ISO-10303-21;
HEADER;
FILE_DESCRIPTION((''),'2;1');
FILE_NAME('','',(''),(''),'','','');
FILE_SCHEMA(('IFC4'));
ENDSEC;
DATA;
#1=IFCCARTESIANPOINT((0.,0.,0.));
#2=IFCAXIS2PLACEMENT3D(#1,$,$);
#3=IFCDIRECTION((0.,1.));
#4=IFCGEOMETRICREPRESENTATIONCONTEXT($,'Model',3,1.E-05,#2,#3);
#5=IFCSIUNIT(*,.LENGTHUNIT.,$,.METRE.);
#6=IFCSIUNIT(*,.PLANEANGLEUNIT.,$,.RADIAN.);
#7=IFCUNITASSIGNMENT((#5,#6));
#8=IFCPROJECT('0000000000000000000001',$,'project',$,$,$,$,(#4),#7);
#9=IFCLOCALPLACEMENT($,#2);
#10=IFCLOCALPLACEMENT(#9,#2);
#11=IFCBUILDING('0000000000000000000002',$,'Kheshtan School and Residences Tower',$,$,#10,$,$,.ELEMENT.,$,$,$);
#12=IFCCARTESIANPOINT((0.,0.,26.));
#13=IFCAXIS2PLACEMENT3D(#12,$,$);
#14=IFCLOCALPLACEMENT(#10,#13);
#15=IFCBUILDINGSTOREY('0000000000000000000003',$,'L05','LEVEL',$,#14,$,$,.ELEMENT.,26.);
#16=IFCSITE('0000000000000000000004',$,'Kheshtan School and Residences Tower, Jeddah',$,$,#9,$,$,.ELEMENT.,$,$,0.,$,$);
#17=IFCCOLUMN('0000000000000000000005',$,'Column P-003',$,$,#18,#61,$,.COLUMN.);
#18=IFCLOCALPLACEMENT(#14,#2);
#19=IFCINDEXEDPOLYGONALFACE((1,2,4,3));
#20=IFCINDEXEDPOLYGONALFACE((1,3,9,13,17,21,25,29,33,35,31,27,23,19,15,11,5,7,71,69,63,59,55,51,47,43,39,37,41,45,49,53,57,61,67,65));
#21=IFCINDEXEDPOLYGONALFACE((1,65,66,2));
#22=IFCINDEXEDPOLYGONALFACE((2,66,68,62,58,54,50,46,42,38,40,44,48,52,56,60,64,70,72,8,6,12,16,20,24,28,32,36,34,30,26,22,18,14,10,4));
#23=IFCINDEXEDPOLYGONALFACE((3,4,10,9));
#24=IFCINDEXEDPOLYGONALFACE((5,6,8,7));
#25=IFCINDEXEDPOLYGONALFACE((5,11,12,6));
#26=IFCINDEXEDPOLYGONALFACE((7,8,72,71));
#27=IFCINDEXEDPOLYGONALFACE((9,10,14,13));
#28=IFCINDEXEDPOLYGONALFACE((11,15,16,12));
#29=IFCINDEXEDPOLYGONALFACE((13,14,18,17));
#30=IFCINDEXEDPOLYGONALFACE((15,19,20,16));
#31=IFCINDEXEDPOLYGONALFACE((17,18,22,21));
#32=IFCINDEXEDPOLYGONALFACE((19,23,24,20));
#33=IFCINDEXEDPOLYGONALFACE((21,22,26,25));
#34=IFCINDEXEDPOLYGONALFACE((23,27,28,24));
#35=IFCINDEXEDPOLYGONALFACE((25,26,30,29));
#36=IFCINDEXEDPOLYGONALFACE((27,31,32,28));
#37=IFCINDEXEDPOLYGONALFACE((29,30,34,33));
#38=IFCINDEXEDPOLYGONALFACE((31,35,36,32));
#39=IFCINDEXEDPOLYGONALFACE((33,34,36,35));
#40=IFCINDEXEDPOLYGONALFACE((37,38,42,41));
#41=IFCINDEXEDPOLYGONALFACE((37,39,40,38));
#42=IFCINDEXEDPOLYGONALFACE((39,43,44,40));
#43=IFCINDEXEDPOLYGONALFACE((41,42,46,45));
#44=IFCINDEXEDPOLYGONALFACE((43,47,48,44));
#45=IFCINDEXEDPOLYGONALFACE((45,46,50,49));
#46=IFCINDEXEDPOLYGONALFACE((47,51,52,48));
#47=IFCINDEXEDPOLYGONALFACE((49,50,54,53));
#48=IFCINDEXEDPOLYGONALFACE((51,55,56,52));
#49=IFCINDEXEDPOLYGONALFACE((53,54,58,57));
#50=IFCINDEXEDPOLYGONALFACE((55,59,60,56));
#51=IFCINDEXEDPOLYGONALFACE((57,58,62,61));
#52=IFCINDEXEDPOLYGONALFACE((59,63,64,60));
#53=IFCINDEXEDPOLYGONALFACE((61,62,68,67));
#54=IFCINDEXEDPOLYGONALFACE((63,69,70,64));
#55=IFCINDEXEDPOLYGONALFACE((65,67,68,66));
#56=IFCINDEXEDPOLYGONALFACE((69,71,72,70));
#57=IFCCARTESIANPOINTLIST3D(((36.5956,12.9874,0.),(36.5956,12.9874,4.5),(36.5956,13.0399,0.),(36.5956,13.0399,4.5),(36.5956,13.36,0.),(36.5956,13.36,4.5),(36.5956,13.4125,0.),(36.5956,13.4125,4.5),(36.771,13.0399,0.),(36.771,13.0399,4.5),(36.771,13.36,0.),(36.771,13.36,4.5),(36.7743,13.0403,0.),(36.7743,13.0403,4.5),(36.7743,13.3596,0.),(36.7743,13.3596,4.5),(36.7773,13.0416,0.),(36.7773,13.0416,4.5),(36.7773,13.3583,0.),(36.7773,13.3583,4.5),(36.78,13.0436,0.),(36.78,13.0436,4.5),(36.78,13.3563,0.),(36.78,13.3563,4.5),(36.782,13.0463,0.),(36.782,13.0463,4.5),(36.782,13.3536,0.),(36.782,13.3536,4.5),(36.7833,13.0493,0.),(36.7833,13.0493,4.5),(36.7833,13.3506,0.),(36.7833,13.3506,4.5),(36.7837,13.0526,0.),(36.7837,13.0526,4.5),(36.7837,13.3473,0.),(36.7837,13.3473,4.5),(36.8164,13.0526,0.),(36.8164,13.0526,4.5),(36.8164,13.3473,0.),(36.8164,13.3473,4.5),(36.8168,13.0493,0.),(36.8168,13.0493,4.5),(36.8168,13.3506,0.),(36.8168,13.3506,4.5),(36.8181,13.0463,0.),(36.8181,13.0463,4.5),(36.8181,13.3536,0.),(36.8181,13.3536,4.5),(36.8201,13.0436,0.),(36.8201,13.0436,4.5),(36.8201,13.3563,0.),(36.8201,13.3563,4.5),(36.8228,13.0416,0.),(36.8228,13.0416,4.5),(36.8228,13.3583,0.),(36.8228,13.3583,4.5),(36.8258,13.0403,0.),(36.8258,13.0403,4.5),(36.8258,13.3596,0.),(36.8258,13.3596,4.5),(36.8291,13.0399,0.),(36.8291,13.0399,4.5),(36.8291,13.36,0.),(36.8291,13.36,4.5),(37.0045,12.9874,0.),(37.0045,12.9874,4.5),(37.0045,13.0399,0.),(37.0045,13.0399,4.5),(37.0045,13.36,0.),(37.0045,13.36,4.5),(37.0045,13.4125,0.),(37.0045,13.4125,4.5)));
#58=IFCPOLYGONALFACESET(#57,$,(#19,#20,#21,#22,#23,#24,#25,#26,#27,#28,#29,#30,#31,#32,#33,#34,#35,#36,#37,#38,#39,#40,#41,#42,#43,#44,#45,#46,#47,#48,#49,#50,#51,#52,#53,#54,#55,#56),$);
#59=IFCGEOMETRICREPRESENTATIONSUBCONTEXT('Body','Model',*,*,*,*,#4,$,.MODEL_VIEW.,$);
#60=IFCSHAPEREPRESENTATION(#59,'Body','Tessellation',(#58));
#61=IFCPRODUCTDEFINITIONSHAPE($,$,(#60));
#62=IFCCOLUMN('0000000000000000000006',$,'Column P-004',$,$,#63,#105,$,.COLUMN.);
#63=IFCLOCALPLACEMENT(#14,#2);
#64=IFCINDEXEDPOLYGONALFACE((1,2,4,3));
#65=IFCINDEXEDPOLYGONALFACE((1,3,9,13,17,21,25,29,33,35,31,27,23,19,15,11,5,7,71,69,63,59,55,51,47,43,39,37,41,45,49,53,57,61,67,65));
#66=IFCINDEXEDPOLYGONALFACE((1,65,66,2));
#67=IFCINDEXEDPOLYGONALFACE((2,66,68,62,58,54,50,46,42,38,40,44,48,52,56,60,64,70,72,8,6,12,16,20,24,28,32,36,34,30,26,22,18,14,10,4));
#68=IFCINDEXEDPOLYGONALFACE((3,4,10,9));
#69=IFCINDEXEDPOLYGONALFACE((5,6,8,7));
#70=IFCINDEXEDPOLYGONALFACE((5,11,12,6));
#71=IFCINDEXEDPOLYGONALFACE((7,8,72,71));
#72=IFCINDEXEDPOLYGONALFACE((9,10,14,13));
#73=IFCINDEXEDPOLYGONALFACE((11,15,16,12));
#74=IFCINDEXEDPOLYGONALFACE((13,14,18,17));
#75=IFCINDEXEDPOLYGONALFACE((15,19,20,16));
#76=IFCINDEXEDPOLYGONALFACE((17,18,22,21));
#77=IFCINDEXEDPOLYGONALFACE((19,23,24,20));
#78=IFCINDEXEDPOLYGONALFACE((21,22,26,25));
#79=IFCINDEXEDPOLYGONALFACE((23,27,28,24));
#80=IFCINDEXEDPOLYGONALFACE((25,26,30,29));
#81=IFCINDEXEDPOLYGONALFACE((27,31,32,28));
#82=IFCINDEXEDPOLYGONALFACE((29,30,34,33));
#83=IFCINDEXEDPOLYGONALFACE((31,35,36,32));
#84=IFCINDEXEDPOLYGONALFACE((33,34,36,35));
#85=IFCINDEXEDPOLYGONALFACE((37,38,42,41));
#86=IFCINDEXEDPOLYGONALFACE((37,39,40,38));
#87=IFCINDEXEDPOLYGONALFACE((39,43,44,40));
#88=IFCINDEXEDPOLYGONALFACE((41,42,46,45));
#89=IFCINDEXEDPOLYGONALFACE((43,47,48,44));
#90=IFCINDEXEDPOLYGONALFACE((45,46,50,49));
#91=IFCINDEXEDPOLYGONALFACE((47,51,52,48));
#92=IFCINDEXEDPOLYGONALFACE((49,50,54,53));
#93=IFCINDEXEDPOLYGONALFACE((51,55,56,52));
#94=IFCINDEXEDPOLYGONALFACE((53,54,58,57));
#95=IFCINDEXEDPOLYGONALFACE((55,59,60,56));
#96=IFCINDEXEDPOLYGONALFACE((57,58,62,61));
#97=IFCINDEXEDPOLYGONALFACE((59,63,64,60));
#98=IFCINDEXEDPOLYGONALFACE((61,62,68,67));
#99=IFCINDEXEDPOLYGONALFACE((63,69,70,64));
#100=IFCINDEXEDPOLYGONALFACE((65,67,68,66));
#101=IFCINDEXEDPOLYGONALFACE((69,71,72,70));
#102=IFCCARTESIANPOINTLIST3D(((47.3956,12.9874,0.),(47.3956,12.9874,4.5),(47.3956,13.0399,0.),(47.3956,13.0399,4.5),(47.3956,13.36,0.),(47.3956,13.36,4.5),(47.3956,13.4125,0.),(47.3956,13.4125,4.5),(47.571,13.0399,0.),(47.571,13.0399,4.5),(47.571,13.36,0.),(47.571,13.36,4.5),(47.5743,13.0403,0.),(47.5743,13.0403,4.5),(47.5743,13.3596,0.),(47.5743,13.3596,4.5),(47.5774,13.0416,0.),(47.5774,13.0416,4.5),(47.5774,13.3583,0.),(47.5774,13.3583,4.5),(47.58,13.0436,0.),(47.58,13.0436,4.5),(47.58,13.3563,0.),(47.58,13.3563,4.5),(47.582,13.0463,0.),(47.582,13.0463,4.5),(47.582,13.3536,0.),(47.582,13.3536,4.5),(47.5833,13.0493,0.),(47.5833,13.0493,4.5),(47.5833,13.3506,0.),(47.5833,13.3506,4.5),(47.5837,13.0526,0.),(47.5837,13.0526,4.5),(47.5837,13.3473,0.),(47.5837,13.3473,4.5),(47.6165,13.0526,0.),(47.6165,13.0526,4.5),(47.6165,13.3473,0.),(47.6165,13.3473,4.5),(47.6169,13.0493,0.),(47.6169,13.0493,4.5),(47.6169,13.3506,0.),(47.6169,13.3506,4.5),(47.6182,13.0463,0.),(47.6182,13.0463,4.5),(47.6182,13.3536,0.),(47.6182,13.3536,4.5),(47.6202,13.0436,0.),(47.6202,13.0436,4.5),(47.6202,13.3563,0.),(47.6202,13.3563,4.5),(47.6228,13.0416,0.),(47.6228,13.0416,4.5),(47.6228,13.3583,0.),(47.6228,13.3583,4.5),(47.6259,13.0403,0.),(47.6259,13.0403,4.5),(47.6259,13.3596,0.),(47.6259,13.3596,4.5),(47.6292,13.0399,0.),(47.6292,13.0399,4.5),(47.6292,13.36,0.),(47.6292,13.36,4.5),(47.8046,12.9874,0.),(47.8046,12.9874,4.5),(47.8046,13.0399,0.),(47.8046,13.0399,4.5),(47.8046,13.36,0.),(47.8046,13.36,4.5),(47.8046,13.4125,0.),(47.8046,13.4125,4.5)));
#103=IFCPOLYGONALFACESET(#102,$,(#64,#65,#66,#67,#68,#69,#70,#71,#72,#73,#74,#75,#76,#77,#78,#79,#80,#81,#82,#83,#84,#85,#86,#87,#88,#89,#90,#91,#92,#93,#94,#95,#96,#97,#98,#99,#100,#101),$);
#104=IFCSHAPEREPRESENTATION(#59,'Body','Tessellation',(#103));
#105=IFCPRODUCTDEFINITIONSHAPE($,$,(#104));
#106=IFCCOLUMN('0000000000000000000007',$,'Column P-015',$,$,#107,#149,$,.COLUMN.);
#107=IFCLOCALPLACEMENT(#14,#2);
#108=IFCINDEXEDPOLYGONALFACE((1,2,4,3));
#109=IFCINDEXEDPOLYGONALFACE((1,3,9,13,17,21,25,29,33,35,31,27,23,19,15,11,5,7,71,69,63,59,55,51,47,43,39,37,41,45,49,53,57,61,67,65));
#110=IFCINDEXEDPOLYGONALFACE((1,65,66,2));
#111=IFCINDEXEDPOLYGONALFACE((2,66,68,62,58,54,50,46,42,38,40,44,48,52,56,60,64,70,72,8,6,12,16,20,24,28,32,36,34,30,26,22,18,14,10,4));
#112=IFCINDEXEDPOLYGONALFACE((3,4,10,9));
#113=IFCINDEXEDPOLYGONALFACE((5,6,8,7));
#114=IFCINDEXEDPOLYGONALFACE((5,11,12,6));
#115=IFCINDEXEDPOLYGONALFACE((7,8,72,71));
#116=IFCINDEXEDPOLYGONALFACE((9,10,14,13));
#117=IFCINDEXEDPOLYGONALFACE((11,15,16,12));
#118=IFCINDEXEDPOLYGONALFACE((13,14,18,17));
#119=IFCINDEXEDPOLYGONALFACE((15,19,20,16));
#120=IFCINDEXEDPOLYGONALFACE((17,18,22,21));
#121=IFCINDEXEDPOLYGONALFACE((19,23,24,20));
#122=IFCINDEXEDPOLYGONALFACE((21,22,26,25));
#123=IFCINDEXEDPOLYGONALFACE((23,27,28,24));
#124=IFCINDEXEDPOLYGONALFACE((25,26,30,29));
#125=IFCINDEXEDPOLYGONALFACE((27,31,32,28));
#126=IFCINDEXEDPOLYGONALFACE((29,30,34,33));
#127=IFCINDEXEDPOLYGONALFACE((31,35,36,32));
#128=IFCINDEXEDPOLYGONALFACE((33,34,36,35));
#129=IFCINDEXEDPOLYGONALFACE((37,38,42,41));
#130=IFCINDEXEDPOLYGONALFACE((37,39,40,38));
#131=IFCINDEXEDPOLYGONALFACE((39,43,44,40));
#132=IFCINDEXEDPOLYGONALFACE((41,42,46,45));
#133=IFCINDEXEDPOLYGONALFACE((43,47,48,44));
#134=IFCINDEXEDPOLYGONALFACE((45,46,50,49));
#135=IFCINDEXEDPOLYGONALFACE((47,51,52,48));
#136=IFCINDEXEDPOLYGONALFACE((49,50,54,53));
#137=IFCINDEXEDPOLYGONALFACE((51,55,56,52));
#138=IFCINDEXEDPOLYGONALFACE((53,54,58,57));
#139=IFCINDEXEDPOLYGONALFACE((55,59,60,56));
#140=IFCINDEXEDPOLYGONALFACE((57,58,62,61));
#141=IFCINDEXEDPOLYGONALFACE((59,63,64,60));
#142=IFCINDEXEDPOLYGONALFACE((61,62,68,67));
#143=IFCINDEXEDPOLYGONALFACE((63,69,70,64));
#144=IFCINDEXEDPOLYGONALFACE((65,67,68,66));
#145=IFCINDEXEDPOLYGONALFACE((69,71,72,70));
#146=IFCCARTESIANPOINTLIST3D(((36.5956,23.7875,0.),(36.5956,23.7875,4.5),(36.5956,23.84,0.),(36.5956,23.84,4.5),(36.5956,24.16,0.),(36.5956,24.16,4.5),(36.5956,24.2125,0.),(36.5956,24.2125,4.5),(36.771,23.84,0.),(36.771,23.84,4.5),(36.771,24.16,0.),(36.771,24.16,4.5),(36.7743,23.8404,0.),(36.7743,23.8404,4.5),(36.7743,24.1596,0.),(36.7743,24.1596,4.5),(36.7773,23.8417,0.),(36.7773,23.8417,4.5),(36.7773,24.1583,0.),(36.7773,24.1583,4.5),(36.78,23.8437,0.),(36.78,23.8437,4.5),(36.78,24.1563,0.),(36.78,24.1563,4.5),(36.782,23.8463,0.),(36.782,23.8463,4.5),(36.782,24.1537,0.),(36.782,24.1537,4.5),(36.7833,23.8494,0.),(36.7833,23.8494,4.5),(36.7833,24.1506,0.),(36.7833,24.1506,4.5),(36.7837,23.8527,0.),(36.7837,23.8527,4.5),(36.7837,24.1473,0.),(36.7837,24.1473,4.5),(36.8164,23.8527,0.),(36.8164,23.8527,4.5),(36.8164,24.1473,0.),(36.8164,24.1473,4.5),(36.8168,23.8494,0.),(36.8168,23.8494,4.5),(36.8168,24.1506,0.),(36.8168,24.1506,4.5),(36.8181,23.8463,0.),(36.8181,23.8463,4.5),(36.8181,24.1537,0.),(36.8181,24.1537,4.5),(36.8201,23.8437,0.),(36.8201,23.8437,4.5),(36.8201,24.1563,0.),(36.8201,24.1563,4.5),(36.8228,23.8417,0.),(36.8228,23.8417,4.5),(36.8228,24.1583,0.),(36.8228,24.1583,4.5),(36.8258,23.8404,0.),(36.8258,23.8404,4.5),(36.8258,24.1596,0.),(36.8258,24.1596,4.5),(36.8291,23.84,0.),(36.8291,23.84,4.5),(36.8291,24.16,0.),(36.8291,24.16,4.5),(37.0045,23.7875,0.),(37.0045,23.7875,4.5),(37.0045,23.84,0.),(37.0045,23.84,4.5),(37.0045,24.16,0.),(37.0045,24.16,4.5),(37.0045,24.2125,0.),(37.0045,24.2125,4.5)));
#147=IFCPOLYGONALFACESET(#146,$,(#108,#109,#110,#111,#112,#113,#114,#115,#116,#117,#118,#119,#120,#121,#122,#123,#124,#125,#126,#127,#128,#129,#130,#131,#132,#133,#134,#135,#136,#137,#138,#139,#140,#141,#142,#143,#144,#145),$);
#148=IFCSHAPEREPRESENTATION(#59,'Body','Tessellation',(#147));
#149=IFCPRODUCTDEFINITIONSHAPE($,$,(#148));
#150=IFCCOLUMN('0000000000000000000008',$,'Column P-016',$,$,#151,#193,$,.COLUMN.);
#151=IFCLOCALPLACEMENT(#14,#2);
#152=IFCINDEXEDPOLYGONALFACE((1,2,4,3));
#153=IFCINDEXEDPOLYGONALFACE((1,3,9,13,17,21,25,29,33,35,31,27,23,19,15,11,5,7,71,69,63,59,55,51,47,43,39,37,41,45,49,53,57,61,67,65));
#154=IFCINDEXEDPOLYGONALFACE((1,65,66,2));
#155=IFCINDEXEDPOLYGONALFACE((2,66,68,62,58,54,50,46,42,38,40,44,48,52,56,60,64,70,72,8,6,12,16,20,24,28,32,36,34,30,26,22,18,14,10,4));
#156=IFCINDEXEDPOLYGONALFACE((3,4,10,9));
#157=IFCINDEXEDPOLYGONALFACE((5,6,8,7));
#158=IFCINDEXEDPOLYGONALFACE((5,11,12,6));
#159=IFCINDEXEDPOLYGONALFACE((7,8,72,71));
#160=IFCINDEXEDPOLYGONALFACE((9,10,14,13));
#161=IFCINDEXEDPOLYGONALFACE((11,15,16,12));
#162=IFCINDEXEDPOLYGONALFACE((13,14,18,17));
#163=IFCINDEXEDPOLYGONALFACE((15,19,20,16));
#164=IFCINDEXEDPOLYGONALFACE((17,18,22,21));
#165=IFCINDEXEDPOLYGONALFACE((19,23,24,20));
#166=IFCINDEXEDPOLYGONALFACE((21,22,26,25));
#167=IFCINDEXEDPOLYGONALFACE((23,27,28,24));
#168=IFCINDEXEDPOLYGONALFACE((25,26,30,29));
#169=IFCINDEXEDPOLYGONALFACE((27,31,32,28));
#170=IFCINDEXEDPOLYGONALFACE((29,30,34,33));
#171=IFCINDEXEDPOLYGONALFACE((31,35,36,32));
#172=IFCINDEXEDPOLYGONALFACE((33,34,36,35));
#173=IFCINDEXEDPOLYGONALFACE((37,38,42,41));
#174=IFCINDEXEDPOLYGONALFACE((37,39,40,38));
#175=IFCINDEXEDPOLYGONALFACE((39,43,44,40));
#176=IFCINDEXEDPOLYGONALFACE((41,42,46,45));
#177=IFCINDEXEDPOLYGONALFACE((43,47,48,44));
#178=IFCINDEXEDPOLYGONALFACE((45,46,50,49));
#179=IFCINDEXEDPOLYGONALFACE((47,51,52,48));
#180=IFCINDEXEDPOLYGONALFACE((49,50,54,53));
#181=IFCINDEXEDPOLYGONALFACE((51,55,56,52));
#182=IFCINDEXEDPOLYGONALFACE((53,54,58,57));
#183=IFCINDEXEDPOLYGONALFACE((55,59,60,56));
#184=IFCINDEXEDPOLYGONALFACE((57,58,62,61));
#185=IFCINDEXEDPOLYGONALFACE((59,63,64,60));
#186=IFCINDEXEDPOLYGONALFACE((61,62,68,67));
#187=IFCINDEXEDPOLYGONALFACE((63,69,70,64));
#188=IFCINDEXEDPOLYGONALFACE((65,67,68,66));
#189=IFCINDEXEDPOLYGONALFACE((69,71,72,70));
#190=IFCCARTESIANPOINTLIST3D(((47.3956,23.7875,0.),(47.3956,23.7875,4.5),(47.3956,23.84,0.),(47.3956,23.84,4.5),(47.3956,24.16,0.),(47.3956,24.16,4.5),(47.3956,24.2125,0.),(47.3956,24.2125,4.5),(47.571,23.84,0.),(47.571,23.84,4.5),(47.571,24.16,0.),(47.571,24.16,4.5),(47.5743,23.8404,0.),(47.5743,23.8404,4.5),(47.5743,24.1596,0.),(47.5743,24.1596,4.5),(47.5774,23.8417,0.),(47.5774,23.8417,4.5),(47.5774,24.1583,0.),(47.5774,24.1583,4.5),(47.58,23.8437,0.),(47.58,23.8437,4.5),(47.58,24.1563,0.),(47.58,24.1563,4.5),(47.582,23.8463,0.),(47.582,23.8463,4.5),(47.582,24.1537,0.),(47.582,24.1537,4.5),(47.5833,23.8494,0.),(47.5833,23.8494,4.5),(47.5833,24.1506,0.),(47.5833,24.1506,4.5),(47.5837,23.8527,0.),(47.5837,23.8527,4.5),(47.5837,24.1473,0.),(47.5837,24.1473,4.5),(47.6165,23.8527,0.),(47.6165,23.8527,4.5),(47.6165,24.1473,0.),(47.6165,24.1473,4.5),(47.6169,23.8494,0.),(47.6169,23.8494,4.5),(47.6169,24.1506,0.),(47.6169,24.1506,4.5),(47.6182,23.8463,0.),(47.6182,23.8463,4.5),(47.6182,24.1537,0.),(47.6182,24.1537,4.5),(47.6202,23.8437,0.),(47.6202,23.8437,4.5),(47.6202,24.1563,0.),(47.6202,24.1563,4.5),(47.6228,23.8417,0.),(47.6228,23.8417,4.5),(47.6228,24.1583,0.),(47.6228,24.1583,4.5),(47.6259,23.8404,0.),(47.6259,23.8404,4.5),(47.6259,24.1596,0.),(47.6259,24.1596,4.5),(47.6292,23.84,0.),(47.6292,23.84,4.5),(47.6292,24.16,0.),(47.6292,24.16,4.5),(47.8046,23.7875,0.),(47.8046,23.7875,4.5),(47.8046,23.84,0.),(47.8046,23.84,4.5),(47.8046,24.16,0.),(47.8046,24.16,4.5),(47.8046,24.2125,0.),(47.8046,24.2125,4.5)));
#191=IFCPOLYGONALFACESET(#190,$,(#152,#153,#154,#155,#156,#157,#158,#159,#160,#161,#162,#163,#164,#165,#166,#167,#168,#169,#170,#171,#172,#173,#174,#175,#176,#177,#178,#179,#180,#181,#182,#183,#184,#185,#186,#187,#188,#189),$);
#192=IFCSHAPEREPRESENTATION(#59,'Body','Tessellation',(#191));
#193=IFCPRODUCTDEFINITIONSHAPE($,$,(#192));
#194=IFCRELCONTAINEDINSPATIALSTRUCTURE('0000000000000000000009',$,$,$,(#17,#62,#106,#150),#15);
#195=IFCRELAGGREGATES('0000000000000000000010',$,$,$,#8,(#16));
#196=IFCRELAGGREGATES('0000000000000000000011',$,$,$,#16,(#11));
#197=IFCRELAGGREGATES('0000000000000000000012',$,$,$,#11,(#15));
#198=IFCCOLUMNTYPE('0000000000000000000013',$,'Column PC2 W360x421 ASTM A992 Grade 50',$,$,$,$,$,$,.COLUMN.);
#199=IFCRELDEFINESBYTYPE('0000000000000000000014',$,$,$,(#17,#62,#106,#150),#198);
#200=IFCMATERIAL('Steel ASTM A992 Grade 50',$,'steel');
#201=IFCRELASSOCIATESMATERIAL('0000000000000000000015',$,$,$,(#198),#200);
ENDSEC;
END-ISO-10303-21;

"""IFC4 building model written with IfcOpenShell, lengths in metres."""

from ifc_helpers import new_model, si_unit, direction, frame, origin, origin_2d, place, context, subcontext, project, spatial, i_section, extrude, material, material_profile, profile_set, type_object, element, save


model = new_model("IFC4")

# Units and contexts
model_context = context("Model", 3, precision=1e-05, world=origin(), true_north=direction((0.0, 1.0)))
body_context = subcontext(model_context, "Body", "Model", "MODEL_VIEW")
ifc_project = project(units=[si_unit("LENGTHUNIT", "METRE"), si_unit("PLANEANGLEUNIT", "RADIAN")], contexts=[model_context])

# Site, building, storey
site_placement = place(None, origin())
site = spatial("IfcSite", under=ifc_project, at=site_placement, Name="Kheshtan School and Residences Tower, Jeddah", CompositionType="ELEMENT", RefElevation=0.0)
building_placement = place(site_placement, origin())
building = spatial("IfcBuilding", under=site, at=building_placement, Name="Kheshtan School and Residences Tower", CompositionType="ELEMENT")
storey_placement = place(building_placement, frame((0.0, 0.0, 26.0)))
storey = spatial("IfcBuildingStorey", under=building, at=storey_placement, Name="L05", Description="LEVEL", CompositionType="ELEMENT", Elevation=26.0)

# Columns
ifc_material_1 = material(Name="Steel ASTM A992 Grade 50", Category="steel")
ifc_material_profile_1 = material_profile(ifc_material_1, i_section(OverallWidth=0.4089, OverallDepth=0.425, WebThickness=0.0327, FlangeThickness=0.0525, FilletRadius=0.0127, at=origin_2d()), Name="W360x421")
ifc_profile_set_1 = profile_set([ifc_material_profile_1], Name="Steel ASTM A992 Grade 50")
column_type = type_object("IfcColumnType", Name="Column PC2 W360x421 ASTM A992 Grade 50", PredefinedType="COLUMN", material=ifc_profile_set_1)
for number, where, z_axis, x_axis, name in (
    (1, (36.8, 13.2, 0.0), (0.0, 0.0, 1.0), (1.0, 0.0, 0.0), "Column P-003"),
    (2, (47.6001, 13.2, 0.0), (0.0, 0.0, 1.0), (1.0, 0.0, 0.0), "Column P-004"),
    (3, (36.8, 24.0, 0.0), (0.0, 0.0, 1.0), (1.0, 0.0, 0.0), "Column P-015"),
    (4, (47.6001, 24.0, 0.0), (0.0, 0.0, 1.0), (1.0, 0.0, 0.0), "Column P-016"),
):
    element("IfcColumn", number, at=place(storey_placement, frame(where, z_axis=z_axis, x_axis=x_axis)), inside=storey, type_object=column_type, Name=name, PredefinedType="COLUMN", context=body_context, shape_type="SweptSolid", body=[
        extrude(i_section(OverallWidth=0.4089, OverallDepth=0.425, WebThickness=0.0327, FlangeThickness=0.0525, FilletRadius=0.0127, at=origin_2d()), origin(), (0.0, 0.0, 1.0), 4.5),
    ])

save(model, "model.ifc")
